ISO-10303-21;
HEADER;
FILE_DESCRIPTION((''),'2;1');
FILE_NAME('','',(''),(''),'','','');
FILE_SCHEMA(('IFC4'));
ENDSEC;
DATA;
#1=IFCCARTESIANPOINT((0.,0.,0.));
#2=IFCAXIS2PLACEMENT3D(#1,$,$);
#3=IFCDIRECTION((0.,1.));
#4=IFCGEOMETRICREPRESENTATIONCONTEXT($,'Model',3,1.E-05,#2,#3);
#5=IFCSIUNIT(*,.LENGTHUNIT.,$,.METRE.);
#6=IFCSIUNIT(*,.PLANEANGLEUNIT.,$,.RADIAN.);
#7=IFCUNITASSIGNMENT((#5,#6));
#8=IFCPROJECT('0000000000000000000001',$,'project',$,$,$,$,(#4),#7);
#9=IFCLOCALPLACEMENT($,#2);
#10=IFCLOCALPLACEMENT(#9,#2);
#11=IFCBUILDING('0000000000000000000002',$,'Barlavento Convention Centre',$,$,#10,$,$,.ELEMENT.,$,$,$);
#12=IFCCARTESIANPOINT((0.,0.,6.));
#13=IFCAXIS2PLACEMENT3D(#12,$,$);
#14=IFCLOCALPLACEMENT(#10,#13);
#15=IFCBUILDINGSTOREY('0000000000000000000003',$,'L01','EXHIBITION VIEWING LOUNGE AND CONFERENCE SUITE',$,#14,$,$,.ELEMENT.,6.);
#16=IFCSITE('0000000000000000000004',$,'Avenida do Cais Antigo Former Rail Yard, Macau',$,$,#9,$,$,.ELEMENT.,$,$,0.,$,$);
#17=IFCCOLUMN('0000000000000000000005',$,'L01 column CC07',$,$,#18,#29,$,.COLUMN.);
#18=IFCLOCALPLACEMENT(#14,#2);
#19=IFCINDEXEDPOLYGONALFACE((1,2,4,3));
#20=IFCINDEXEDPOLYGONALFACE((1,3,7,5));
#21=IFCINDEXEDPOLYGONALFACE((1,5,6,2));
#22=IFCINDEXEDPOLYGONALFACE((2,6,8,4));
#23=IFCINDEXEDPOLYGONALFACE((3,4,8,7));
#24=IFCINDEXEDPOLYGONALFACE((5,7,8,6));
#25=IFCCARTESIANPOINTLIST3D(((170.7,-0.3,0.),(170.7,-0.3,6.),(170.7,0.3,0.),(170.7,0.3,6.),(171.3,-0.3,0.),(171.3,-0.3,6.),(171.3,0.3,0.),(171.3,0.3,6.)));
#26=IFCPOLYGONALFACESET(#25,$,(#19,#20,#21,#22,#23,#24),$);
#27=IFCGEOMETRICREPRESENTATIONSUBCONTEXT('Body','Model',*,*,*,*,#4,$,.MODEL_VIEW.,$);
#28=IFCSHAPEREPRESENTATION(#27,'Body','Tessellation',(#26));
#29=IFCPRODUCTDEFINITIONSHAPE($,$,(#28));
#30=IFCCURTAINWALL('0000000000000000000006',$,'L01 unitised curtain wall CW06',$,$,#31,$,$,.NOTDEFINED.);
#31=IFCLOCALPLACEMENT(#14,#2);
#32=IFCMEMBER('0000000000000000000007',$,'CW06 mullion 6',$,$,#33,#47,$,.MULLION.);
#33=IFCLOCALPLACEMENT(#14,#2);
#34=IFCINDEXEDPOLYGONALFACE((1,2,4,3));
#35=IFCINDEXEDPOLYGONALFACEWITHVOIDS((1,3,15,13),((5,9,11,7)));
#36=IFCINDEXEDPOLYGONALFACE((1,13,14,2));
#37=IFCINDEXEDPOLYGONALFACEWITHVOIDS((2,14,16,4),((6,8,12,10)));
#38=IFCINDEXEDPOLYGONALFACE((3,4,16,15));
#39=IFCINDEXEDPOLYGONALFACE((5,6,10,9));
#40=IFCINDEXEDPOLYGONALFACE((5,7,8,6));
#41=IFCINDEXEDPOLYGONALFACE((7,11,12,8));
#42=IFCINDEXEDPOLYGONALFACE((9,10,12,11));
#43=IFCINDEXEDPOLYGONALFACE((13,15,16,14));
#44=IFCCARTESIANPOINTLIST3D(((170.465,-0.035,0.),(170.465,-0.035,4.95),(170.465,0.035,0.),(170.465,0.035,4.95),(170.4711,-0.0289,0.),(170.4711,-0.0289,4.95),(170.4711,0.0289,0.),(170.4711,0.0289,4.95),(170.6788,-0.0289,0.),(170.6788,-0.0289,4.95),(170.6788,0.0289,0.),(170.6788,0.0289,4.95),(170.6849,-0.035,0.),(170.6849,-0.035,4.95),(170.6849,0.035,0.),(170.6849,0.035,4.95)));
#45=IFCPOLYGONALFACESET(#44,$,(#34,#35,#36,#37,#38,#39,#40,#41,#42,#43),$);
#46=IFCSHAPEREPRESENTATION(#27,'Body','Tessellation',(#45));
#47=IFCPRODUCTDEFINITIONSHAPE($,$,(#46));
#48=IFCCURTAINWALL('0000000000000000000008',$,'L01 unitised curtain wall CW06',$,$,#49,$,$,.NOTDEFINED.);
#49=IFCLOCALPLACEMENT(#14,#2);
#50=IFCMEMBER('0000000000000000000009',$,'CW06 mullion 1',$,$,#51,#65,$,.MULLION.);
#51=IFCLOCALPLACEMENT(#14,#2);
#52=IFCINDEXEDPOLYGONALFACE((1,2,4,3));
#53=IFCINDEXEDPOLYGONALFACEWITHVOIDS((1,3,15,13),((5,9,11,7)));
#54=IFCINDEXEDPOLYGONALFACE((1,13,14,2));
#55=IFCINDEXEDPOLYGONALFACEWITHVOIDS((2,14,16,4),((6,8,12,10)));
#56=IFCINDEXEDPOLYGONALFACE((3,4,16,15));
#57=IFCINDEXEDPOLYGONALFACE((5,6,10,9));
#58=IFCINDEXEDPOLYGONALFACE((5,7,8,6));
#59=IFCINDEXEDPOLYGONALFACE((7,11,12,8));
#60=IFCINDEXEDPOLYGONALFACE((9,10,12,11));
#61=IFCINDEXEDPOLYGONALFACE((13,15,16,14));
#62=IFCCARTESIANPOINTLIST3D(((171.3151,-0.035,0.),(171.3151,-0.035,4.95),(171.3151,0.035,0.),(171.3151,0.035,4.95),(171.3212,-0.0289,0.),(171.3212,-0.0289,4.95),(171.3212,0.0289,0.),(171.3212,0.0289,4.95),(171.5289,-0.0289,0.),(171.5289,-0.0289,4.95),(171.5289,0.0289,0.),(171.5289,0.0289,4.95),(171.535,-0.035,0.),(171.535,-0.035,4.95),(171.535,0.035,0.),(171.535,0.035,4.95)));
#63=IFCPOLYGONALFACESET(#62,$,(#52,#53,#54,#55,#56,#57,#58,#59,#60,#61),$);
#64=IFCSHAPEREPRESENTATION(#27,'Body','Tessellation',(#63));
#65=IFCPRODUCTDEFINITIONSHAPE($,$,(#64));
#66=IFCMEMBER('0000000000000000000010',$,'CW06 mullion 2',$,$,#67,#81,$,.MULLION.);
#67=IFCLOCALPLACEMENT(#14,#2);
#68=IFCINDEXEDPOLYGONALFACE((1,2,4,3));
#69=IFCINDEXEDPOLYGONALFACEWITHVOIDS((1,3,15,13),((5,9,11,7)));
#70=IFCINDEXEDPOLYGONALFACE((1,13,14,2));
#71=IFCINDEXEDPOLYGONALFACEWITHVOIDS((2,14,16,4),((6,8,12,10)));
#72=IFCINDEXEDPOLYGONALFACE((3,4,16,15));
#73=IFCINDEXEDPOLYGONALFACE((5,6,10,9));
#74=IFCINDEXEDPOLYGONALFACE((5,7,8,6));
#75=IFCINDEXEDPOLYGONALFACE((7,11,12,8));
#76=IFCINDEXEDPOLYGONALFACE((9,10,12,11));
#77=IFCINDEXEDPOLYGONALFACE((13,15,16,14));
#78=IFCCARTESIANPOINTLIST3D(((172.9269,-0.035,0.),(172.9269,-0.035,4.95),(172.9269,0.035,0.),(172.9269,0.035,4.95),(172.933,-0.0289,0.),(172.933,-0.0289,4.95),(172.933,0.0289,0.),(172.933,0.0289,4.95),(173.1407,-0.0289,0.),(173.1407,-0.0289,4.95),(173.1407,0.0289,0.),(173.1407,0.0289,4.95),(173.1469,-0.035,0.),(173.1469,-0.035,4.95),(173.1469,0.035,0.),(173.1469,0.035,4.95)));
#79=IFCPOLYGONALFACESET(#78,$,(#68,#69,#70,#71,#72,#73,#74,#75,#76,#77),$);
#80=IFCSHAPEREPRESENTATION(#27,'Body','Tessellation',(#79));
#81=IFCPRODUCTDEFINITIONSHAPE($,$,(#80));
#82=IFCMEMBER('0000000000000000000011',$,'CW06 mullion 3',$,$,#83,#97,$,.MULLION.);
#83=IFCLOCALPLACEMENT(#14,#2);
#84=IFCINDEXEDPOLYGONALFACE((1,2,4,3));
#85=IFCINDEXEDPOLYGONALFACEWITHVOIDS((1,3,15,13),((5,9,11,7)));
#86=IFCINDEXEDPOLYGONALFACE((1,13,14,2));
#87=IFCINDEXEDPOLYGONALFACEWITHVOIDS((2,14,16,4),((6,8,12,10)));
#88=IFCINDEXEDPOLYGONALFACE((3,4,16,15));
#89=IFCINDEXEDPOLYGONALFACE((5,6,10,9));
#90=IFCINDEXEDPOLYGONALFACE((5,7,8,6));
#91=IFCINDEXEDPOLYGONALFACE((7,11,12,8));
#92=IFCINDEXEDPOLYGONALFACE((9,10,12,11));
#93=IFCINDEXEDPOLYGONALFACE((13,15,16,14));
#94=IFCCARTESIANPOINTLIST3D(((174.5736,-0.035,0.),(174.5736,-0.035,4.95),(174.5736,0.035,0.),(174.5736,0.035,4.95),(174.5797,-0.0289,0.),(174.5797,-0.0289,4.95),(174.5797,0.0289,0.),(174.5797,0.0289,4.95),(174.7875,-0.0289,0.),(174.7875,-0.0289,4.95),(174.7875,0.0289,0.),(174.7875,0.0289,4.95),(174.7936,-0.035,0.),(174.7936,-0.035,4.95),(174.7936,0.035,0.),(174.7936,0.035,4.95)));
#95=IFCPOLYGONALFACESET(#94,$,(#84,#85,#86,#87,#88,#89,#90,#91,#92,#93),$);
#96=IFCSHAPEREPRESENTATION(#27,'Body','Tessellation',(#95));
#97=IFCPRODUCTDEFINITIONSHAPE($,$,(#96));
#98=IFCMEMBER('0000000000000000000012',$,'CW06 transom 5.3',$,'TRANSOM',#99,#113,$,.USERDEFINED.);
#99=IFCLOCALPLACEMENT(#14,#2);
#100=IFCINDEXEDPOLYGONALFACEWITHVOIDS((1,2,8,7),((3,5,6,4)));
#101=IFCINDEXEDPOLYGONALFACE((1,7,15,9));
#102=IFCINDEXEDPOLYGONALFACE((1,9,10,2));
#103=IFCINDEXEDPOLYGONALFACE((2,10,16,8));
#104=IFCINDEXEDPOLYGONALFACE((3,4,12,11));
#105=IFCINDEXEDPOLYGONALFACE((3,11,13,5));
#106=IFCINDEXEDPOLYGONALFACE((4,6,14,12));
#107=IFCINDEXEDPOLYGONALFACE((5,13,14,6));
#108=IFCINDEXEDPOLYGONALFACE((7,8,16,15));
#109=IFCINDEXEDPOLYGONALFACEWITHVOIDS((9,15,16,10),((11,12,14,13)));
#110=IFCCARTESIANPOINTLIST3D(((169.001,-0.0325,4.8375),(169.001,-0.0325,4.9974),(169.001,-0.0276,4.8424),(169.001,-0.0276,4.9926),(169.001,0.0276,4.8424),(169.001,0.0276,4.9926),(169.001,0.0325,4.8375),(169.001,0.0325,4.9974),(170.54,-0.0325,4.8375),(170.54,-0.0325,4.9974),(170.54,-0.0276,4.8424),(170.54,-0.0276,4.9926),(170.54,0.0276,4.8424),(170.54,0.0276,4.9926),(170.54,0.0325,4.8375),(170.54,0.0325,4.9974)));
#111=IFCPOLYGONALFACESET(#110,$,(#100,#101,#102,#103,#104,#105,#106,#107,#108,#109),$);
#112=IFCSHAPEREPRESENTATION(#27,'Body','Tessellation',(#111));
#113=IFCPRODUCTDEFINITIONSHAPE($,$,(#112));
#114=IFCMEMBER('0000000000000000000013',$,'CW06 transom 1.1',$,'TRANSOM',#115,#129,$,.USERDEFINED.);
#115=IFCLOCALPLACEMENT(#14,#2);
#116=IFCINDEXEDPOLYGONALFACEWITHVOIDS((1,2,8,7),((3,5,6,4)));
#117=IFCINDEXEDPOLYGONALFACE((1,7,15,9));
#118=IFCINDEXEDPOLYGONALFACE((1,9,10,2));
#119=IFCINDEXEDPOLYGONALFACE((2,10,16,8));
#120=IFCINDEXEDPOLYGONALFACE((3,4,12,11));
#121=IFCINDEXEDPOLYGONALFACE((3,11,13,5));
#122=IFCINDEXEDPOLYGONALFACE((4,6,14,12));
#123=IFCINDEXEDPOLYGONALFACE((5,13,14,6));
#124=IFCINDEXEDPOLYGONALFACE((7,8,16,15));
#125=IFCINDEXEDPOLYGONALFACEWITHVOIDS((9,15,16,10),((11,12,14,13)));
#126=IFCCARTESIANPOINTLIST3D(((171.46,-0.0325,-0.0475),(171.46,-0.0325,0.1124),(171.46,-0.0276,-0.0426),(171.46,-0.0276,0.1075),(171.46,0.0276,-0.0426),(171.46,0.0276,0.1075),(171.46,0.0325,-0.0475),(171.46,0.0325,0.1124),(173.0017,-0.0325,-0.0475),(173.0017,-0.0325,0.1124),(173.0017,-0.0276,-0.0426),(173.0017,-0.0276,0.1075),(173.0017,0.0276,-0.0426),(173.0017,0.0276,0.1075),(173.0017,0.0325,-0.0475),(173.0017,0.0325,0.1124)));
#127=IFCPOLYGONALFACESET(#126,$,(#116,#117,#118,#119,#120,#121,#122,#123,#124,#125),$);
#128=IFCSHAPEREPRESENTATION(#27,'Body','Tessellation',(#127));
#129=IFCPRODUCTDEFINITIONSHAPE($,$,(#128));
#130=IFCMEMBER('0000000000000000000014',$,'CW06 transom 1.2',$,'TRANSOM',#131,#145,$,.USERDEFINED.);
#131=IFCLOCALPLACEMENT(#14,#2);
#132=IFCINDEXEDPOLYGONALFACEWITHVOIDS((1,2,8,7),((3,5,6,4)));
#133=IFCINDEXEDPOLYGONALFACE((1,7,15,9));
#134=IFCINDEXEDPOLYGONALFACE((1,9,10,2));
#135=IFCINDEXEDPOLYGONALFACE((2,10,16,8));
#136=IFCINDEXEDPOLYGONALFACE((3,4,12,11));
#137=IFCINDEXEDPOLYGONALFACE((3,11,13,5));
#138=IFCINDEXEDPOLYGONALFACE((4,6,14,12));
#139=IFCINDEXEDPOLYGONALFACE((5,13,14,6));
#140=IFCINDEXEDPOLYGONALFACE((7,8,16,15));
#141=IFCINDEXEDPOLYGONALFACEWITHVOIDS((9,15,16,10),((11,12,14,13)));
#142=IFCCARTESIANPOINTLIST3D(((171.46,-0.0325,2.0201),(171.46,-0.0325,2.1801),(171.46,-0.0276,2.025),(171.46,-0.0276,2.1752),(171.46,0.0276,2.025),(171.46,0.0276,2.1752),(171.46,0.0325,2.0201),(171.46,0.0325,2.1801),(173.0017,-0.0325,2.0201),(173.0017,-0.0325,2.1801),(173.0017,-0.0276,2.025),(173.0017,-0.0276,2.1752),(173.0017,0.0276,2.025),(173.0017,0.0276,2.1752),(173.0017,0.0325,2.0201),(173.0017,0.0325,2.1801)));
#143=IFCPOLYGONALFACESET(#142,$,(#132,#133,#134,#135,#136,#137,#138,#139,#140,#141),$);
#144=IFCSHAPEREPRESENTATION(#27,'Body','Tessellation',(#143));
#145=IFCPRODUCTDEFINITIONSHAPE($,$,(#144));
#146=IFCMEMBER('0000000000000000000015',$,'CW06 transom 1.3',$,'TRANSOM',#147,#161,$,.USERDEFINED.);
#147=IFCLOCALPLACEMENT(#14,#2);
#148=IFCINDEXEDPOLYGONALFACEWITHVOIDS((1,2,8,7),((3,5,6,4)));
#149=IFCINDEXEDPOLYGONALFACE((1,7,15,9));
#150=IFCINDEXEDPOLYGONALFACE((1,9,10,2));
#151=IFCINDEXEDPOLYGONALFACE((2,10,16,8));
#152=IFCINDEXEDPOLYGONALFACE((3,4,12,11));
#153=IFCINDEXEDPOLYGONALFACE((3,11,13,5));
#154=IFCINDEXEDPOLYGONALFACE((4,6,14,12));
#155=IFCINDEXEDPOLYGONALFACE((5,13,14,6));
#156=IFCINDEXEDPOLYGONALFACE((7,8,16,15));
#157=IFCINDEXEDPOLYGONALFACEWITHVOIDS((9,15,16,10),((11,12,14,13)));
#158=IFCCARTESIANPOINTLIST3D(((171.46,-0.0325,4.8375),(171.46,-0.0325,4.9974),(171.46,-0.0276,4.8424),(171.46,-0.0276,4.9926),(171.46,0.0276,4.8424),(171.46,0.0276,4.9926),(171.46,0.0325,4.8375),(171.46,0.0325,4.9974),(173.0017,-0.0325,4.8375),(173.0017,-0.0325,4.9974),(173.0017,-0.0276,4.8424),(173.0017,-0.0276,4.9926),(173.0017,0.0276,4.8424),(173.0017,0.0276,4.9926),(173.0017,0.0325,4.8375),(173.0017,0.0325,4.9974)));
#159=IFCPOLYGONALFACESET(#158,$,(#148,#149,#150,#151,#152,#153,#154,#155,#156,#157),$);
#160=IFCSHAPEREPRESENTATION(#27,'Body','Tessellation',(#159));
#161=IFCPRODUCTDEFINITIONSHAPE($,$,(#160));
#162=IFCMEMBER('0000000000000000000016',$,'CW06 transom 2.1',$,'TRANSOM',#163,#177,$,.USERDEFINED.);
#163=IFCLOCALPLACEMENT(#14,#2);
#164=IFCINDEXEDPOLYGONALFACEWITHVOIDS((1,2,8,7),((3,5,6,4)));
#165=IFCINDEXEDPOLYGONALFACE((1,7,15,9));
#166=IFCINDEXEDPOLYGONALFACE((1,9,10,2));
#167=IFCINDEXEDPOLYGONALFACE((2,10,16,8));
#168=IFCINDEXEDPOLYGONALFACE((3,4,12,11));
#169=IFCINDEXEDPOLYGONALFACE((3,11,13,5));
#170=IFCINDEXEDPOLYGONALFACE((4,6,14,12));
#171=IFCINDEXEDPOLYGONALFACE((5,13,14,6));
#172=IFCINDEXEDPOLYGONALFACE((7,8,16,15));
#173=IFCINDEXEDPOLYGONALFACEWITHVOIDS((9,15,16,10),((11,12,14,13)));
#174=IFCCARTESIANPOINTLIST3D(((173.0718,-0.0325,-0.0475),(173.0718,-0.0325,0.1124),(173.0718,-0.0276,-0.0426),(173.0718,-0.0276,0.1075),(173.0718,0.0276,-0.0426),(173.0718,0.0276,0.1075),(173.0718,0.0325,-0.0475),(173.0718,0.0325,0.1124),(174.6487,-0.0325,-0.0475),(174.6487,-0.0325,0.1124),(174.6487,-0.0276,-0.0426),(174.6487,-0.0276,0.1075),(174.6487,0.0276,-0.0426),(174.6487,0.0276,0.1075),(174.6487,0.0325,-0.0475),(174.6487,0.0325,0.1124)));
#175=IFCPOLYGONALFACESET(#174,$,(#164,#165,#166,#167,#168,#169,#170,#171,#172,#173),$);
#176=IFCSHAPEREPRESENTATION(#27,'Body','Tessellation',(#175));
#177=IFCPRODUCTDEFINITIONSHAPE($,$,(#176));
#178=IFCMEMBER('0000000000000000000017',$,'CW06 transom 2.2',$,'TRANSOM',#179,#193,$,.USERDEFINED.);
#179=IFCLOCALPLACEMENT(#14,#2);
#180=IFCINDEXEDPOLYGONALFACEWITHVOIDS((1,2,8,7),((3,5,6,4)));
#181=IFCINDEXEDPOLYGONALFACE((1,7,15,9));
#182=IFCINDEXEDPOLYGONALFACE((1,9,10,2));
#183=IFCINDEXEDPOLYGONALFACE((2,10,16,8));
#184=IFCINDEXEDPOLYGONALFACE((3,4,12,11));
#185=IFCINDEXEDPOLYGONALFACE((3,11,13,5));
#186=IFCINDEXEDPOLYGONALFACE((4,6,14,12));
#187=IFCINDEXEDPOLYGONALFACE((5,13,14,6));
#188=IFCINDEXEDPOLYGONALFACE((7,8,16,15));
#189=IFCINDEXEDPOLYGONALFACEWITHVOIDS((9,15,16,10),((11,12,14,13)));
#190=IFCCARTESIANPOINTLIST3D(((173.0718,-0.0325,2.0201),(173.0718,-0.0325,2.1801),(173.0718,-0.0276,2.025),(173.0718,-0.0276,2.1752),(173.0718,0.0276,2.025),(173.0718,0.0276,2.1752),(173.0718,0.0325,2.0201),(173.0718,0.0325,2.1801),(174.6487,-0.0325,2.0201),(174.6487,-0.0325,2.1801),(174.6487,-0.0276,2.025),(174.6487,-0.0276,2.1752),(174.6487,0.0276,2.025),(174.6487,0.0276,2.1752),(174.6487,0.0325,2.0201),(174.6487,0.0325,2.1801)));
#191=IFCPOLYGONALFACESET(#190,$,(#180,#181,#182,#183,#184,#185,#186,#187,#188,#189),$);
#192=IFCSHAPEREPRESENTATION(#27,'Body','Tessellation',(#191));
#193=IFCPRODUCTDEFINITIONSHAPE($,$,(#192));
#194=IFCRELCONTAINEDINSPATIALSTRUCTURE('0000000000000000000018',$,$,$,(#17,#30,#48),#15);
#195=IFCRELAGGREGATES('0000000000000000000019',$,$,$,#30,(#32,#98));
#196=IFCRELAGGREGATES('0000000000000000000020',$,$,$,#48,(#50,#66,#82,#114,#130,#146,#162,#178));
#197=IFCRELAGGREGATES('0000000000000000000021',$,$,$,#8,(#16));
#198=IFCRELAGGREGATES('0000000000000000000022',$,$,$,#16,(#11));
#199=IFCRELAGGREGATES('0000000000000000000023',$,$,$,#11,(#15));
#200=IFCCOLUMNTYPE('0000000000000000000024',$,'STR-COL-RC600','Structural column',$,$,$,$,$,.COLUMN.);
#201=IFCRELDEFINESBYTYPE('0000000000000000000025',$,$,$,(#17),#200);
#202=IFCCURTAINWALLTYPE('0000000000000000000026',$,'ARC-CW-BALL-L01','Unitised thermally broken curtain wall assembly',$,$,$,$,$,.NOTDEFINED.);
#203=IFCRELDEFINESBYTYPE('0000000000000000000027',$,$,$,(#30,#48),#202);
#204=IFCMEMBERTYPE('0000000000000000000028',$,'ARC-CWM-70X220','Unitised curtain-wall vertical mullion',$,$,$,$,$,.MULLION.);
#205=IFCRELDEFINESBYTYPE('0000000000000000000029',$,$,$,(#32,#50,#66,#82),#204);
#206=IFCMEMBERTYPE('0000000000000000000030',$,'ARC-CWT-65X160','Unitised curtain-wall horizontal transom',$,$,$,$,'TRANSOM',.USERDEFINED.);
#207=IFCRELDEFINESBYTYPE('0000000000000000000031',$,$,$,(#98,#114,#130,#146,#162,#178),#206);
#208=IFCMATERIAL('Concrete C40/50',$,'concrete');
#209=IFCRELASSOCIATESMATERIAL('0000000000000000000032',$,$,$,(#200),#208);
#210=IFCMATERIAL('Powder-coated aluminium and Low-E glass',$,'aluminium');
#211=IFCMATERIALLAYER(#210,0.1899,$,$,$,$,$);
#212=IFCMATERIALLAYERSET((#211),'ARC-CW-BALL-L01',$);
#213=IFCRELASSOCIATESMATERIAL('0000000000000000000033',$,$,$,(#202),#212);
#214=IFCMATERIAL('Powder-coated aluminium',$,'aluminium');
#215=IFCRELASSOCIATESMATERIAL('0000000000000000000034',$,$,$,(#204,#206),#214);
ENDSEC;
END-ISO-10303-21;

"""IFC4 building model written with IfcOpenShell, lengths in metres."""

from ifc_helpers import new_model, si_unit, direction, frame, origin, origin_2d, place, context, subcontext, project, spatial, rectangle, hollow_rectangle, extrude, material, layer, layer_set, material_profile, profile_set, type_object, element, aggregate, save


model = new_model("IFC4")

# Units and contexts
model_context = context("Model", 3, precision=1e-05, world=origin(), true_north=direction((0.0, 1.0)))
body_context = subcontext(model_context, "Body", "Model", "MODEL_VIEW")
ifc_project = project(units=[si_unit("LENGTHUNIT", "METRE"), si_unit("PLANEANGLEUNIT", "RADIAN")], contexts=[model_context])

# Site, building, storey
site_placement = place(None, origin())
site = spatial("IfcSite", under=ifc_project, at=site_placement, Name="Avenida do Cais Antigo Former Rail Yard, Macau", CompositionType="ELEMENT", RefElevation=0.0)
building_placement = place(site_placement, origin())
building = spatial("IfcBuilding", under=site, at=building_placement, Name="Barlavento Convention Centre", CompositionType="ELEMENT")
storey_placement = place(building_placement, frame((0.0, 0.0, 6.0)))
storey = spatial("IfcBuildingStorey", under=building, at=storey_placement, Name="L01", Description="EXHIBITION VIEWING LOUNGE AND CONFERENCE SUITE", CompositionType="ELEMENT", Elevation=6.0)

# Column
ifc_material_1 = material(Name="Concrete C40/50", Category="concrete")
ifc_material_profile_1 = material_profile(ifc_material_1, rectangle(XDim=0.6001, YDim=0.6001, at=origin_2d()), Name="RC 600x600")
ifc_profile_set_1 = profile_set([ifc_material_profile_1], Name="Concrete C40/50")
column_type = type_object("IfcColumnType", Name="STR-COL-RC600", Description="Structural column", PredefinedType="COLUMN", material=ifc_profile_set_1)
column_placement = place(storey_placement, frame((171.0, 0.0, 0.0), z_axis=(0.0, 0.0, 1.0), x_axis=(1.0, 0.0, 0.0)))
element("IfcColumn", 1, at=column_placement, inside=storey, type_object=column_type, Name="L01 column CC07", PredefinedType="COLUMN", context=body_context, shape_type="SweptSolid", body=[
    extrude(rectangle(XDim=0.6001, YDim=0.6001, at=origin_2d()), origin(), (0.0, 0.0, 1.0), 6.0),
])

# Curtain wall, member
ifc_material_2 = material(Name="Powder-coated aluminium and Low-E glass", Category="aluminium")
ifc_layer_1 = layer(ifc_material_2, 0.1899)
ifc_layer_set_1 = layer_set([ifc_layer_1], Name="ARC-CW-BALL-L01")
curtain_wall_type = type_object("IfcCurtainWallType", Name="ARC-CW-BALL-L01", Description="Unitised thermally broken curtain wall assembly", PredefinedType="NOTDEFINED", material=ifc_layer_set_1)
curtain_wall_1_placement = place(storey_placement, origin())
curtain_wall_1 = element("IfcCurtainWall", 2, at=curtain_wall_1_placement, inside=storey, type_object=curtain_wall_type, Name="L01 unitised curtain wall CW06", PredefinedType="NOTDEFINED")
ifc_material_3 = material(Name="Powder-coated aluminium", Category="aluminium")
ifc_material_profile_2 = material_profile(ifc_material_3, hollow_rectangle(XDim=0.0701, YDim=0.22, WallThickness=0.0061, at=origin_2d()), Name="AL-MULL 70x220x6")
ifc_profile_set_2 = profile_set([ifc_material_profile_2], Name="Powder-coated aluminium")
member_type_1 = type_object("IfcMemberType", Name="ARC-CWM-70X220", Description="Unitised curtain-wall vertical mullion", PredefinedType="MULLION", material=ifc_profile_set_2)
member_1_placement = place(storey_placement, frame((170.575, 0.0, 0.0), z_axis=(0.0, 0.0, 1.0), x_axis=(0.0, 1.0, 0.0)))
member_1 = element("IfcMember", 3, at=member_1_placement, type_object=member_type_1, Name="CW06 mullion 6", PredefinedType="MULLION", context=body_context, shape_type="SweptSolid", body=[
    extrude(hollow_rectangle(XDim=0.0701, YDim=0.22, WallThickness=0.0061, at=origin_2d()), origin(), (0.0, 0.0, 1.0), 4.95),
])

# Curtain wall, members
curtain_wall_2_placement = place(storey_placement, origin())
curtain_wall_2 = element("IfcCurtainWall", 4, at=curtain_wall_2_placement, inside=storey, type_object=curtain_wall_type, Name="L01 unitised curtain wall CW06", PredefinedType="NOTDEFINED")
member_2_placement = place(storey_placement, frame((171.425, 0.0, 0.0), z_axis=(0.0, 0.0, 1.0), x_axis=(0.0, 1.0, 0.0)))
member_2 = element("IfcMember", 5, at=member_2_placement, type_object=member_type_1, Name="CW06 mullion 1", PredefinedType="MULLION", context=body_context, shape_type="SweptSolid", body=[
    extrude(hollow_rectangle(XDim=0.0701, YDim=0.22, WallThickness=0.0061, at=origin_2d()), origin(), (0.0, 0.0, 1.0), 4.95),
])
member_3_placement = place(storey_placement, frame((173.0369, 0.0, 0.0), z_axis=(0.0, 0.0, 1.0), x_axis=(0.0, 1.0, 0.0)))
member_3 = element("IfcMember", 6, at=member_3_placement, type_object=member_type_1, Name="CW06 mullion 2", PredefinedType="MULLION", context=body_context, shape_type="SweptSolid", body=[
    extrude(hollow_rectangle(XDim=0.0701, YDim=0.22, WallThickness=0.0061, at=origin_2d()), origin(), (0.0, 0.0, 1.0), 4.95),
])
member_4_placement = place(storey_placement, frame((174.6836, 0.0, 0.0), z_axis=(0.0, 0.0, 1.0), x_axis=(0.0, 1.0, 0.0)))
member_4 = element("IfcMember", 7, at=member_4_placement, type_object=member_type_1, Name="CW06 mullion 3", PredefinedType="MULLION", context=body_context, shape_type="SweptSolid", body=[
    extrude(hollow_rectangle(XDim=0.0701, YDim=0.22, WallThickness=0.0061, at=origin_2d()), origin(), (0.0, 0.0, 1.0), 4.95),
])

# Members
ifc_material_profile_3 = material_profile(ifc_material_3, hollow_rectangle(XDim=0.0649, YDim=0.1599, WallThickness=0.0049, at=origin_2d()), Name="AL-TRAN 65x160x5")
ifc_profile_set_3 = profile_set([ifc_material_profile_3], Name="Powder-coated aluminium")
member_type_2 = type_object("IfcMemberType", Name="ARC-CWT-65X160", Description="Unitised curtain-wall horizontal transom", ElementType="TRANSOM", PredefinedType="USERDEFINED", material=ifc_profile_set_3)
member_5_placement = place(storey_placement, frame((169.001, 0.0, 4.9175), z_axis=(1.0, 0.0, 0.0), x_axis=(0.0, 1.0, 0.0)))
member_5 = element("IfcMember", 8, at=member_5_placement, type_object=member_type_2, Name="CW06 transom 5.3", ObjectType="TRANSOM", PredefinedType="USERDEFINED", context=body_context, shape_type="SweptSolid", body=[
    extrude(hollow_rectangle(XDim=0.0649, YDim=0.1599, WallThickness=0.0049, at=origin_2d()), origin(), (0.0, 0.0, 1.0), 1.5391),
])
member_6_placement = place(storey_placement, frame((171.46, 0.0, 0.0325), z_axis=(1.0, 0.0, 0.0), x_axis=(0.0, 1.0, 0.0)))
member_6 = element("IfcMember", 9, at=member_6_placement, type_object=member_type_2, Name="CW06 transom 1.1", ObjectType="TRANSOM", PredefinedType="USERDEFINED", context=body_context, shape_type="SweptSolid", body=[
    extrude(hollow_rectangle(XDim=0.0649, YDim=0.1599, WallThickness=0.0049, at=origin_2d()), origin(), (0.0, 0.0, 1.0), 1.5417),
])
member_7_placement = place(storey_placement, frame((171.46, 0.0, 2.1001), z_axis=(1.0, 0.0, 0.0), x_axis=(0.0, 1.0, 0.0)))
member_7 = element("IfcMember", 10, at=member_7_placement, type_object=member_type_2, Name="CW06 transom 1.2", ObjectType="TRANSOM", PredefinedType="USERDEFINED", context=body_context, shape_type="SweptSolid", body=[
    extrude(hollow_rectangle(XDim=0.0649, YDim=0.1599, WallThickness=0.0049, at=origin_2d()), origin(), (0.0, 0.0, 1.0), 1.5417),
])
member_8_placement = place(storey_placement, frame((171.46, 0.0, 4.9175), z_axis=(1.0, 0.0, 0.0), x_axis=(0.0, 1.0, 0.0)))
member_8 = element("IfcMember", 11, at=member_8_placement, type_object=member_type_2, Name="CW06 transom 1.3", ObjectType="TRANSOM", PredefinedType="USERDEFINED", context=body_context, shape_type="SweptSolid", body=[
    extrude(hollow_rectangle(XDim=0.0649, YDim=0.1599, WallThickness=0.0049, at=origin_2d()), origin(), (0.0, 0.0, 1.0), 1.5417),
])
member_9_placement = place(storey_placement, frame((173.0718, 0.0, 0.0325), z_axis=(1.0, 0.0, 0.0), x_axis=(0.0, 1.0, 0.0)))
member_9 = element("IfcMember", 12, at=member_9_placement, type_object=member_type_2, Name="CW06 transom 2.1", ObjectType="TRANSOM", PredefinedType="USERDEFINED", context=body_context, shape_type="SweptSolid", body=[
    extrude(hollow_rectangle(XDim=0.0649, YDim=0.1599, WallThickness=0.0049, at=origin_2d()), origin(), (0.0, 0.0, 1.0), 1.5769),
])
member_10_placement = place(storey_placement, frame((173.0718, 0.0, 2.1001), z_axis=(1.0, 0.0, 0.0), x_axis=(0.0, 1.0, 0.0)))
member_10 = element("IfcMember", 13, at=member_10_placement, type_object=member_type_2, Name="CW06 transom 2.2", ObjectType="TRANSOM", PredefinedType="USERDEFINED", context=body_context, shape_type="SweptSolid", body=[
    extrude(hollow_rectangle(XDim=0.0649, YDim=0.1599, WallThickness=0.0049, at=origin_2d()), origin(), (0.0, 0.0, 1.0), 1.5769),
])

aggregate(curtain_wall_1, [member_1, member_5])
aggregate(curtain_wall_2, [member_2, member_3, member_4, member_6, member_7, member_8, member_9, member_10])

save(model, "model.ifc")
